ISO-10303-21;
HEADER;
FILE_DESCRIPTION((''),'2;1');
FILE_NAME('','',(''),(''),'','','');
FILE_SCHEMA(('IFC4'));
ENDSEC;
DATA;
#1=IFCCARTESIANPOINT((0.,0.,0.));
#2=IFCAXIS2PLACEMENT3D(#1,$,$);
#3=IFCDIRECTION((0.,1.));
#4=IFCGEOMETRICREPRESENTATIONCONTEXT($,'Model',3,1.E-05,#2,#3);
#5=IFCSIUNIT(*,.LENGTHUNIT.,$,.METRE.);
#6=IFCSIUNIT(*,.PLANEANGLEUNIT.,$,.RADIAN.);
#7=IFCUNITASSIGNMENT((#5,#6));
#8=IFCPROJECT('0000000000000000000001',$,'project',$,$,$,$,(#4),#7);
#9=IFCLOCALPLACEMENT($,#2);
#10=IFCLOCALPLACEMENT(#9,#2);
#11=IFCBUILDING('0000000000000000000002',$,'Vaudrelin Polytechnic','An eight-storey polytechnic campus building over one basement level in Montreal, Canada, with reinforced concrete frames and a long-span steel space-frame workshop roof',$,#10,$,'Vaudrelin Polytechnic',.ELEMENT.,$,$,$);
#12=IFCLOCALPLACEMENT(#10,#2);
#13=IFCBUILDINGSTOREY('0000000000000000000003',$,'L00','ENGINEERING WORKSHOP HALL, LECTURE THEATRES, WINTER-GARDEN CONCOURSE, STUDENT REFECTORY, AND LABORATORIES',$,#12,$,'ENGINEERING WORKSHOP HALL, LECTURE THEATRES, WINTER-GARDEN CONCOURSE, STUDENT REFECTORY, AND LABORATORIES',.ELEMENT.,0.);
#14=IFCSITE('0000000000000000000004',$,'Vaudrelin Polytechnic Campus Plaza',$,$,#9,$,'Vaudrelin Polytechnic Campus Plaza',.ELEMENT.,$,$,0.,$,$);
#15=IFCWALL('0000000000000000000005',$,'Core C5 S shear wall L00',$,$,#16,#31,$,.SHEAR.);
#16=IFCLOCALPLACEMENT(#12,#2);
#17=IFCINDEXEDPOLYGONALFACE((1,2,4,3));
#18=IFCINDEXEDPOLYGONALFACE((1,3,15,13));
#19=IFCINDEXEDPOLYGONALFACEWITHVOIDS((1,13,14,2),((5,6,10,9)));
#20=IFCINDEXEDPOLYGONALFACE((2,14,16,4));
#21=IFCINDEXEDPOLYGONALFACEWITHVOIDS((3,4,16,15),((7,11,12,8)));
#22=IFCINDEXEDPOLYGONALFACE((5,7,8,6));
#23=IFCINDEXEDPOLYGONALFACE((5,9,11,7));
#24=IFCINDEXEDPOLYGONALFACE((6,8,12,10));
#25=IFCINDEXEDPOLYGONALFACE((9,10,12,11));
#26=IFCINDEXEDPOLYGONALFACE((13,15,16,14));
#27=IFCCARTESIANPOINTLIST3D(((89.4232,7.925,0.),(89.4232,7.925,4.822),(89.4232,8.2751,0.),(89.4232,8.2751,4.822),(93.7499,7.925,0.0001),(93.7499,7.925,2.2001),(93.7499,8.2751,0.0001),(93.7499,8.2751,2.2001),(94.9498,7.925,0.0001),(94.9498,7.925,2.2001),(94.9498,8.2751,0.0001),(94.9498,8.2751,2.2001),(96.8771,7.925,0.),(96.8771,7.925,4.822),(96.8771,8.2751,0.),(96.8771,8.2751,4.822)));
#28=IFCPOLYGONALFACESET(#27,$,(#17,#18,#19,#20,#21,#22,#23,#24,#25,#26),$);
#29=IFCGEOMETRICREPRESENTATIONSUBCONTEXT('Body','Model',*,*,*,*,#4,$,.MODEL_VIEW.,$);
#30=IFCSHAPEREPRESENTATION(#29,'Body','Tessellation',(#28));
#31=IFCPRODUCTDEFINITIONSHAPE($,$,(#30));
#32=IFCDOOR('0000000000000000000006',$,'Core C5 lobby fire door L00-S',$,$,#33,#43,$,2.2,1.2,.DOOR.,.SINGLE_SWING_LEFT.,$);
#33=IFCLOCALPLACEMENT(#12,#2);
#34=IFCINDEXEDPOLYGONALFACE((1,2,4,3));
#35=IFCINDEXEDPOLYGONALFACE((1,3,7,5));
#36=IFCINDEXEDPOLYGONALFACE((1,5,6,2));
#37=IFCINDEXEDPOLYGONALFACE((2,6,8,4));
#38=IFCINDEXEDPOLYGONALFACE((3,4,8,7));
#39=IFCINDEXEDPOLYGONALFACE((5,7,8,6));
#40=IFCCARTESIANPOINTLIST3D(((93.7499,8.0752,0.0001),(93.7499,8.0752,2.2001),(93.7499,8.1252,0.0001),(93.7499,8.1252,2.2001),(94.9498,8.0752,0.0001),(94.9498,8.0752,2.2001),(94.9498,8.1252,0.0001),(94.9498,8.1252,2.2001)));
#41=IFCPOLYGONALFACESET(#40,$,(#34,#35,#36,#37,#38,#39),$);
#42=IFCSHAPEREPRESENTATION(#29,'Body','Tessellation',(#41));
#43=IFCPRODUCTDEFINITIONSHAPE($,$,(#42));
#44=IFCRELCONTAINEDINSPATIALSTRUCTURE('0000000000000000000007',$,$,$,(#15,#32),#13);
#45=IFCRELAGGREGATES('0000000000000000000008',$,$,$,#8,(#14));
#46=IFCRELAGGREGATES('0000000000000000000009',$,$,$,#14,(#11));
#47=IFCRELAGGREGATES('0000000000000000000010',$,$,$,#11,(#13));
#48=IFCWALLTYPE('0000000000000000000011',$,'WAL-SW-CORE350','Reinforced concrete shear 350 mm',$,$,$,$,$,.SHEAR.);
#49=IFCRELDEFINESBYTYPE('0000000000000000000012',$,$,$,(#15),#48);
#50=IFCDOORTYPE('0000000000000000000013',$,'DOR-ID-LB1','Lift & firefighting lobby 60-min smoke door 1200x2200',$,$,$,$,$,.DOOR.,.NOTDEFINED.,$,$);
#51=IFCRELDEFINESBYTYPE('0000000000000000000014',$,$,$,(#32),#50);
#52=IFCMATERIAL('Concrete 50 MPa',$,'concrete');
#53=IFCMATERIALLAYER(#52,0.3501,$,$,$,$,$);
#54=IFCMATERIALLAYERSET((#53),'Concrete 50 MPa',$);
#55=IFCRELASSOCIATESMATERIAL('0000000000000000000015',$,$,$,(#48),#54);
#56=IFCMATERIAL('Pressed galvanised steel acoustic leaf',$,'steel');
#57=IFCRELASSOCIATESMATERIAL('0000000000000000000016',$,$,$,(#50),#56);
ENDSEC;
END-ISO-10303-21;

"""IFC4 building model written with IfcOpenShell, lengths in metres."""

from ifc_helpers import new_model, si_unit, direction, frame, frame_2d, origin, place, context, subcontext, project, spatial, rectangle, extrude, material, layer, layer_set, type_object, element, fill, save


model = new_model("IFC4")

# Units and contexts
model_context = context("Model", 3, precision=1e-05, world=origin(), true_north=direction((0.0, 1.0)))
body_context = subcontext(model_context, "Body", "Model", "MODEL_VIEW")
ifc_project = project(units=[si_unit("LENGTHUNIT", "METRE"), si_unit("PLANEANGLEUNIT", "RADIAN")], contexts=[model_context])

# Site, building, storey
site_placement = place(None, origin())
site = spatial("IfcSite", under=ifc_project, at=site_placement, Name="Vaudrelin Polytechnic Campus Plaza", LongName="Vaudrelin Polytechnic Campus Plaza", CompositionType="ELEMENT", RefElevation=0.0)
building_placement = place(site_placement, origin())
building = spatial("IfcBuilding", under=site, at=building_placement, Name="Vaudrelin Polytechnic", Description="An eight-storey polytechnic campus building over one basement level in Montreal, Canada, with reinforced concrete frames and a long-span steel space-frame workshop roof", LongName="Vaudrelin Polytechnic", CompositionType="ELEMENT")
storey_placement = place(building_placement, origin())
storey = spatial("IfcBuildingStorey", under=building, at=storey_placement, Name="L00", Description="ENGINEERING WORKSHOP HALL, LECTURE THEATRES, WINTER-GARDEN CONCOURSE, STUDENT REFECTORY, AND LABORATORIES", LongName="ENGINEERING WORKSHOP HALL, LECTURE THEATRES, WINTER-GARDEN CONCOURSE, STUDENT REFECTORY, AND LABORATORIES", CompositionType="ELEMENT", Elevation=0.0)

# Wall, opening, door
ifc_material_1 = material(Name="Concrete 50 MPa", Category="concrete")
ifc_layer_1 = layer(ifc_material_1, 0.3501)
ifc_layer_set_1 = layer_set([ifc_layer_1], Name="Concrete 50 MPa")
wall_type_1 = type_object("IfcWallType", Name="WAL-SW-CORE350", Description="Reinforced concrete shear 350 mm", PredefinedType="SHEAR", material=ifc_layer_set_1)
wall_1_placement = place(storey_placement, frame((89.4231, 8.1001, 0.0), z_axis=(0.0, 0.0, 1.0), x_axis=(1.0, 0.0, 0.0)))
wall_1 = element("IfcWall", 1, at=wall_1_placement, inside=storey, type_object=wall_type_1, Name="Core C5 S shear wall L00", PredefinedType="SHEAR", context=body_context, shape_type="SweptSolid", body=[
    extrude(rectangle(XDim=7.4539, YDim=0.3501, at=frame_2d((3.7271, 0.0))), origin(), (0.0, 0.0, 1.0), 4.822),
])
opening_1_placement = place(wall_1_placement, frame((5.5269, 0.0, 0.0), z_axis=(0.0, 0.0, 1.0), x_axis=(-1.0, 0.0, 0.0)))
opening_1 = element("IfcOpeningElement", 2, at=opening_1_placement, cuts=wall_1, PredefinedType="OPENING", context=body_context, shape_type="SweptSolid", body=[
    extrude(rectangle(XDim=1.2, YDim=2.2, at=frame_2d((0.6001, 1.1001))), frame((0.0, 0.1851, 0.0), z_axis=(0.0, -1.0, 0.0), x_axis=(1.0, 0.0, 0.0)), (0.0, 0.0, 1.0), 0.3701),
])
ifc_material_2 = material(Name="Pressed galvanised steel acoustic leaf", Category="steel")
door_type_1 = type_object("IfcDoorType", Name="DOR-ID-LB1", Description="Lift & firefighting lobby 60-min smoke door 1200x2200", OperationType="NOTDEFINED", PredefinedType="DOOR", material=ifc_material_2)
door_1_placement = place(opening_1_placement, origin())
door_1 = element("IfcDoor", 3, at=door_1_placement, inside=storey, type_object=door_type_1, Name="Core C5 lobby fire door L00-S", OperationType="SINGLE_SWING_LEFT", OverallHeight=2.2, OverallWidth=1.2, PredefinedType="DOOR", context=body_context, shape_type="SweptSolid", body=[
    extrude(rectangle(XDim=1.2, YDim=2.2, at=frame_2d((0.6001, 1.1001))), frame((0.0, 0.0249, 0.0), z_axis=(0.0, -1.0, 0.0), x_axis=(1.0, 0.0, 0.0)), (0.0, 0.0, 1.0), 0.05),
])
fill(opening_1, door_1)

save(model, "model.ifc")
